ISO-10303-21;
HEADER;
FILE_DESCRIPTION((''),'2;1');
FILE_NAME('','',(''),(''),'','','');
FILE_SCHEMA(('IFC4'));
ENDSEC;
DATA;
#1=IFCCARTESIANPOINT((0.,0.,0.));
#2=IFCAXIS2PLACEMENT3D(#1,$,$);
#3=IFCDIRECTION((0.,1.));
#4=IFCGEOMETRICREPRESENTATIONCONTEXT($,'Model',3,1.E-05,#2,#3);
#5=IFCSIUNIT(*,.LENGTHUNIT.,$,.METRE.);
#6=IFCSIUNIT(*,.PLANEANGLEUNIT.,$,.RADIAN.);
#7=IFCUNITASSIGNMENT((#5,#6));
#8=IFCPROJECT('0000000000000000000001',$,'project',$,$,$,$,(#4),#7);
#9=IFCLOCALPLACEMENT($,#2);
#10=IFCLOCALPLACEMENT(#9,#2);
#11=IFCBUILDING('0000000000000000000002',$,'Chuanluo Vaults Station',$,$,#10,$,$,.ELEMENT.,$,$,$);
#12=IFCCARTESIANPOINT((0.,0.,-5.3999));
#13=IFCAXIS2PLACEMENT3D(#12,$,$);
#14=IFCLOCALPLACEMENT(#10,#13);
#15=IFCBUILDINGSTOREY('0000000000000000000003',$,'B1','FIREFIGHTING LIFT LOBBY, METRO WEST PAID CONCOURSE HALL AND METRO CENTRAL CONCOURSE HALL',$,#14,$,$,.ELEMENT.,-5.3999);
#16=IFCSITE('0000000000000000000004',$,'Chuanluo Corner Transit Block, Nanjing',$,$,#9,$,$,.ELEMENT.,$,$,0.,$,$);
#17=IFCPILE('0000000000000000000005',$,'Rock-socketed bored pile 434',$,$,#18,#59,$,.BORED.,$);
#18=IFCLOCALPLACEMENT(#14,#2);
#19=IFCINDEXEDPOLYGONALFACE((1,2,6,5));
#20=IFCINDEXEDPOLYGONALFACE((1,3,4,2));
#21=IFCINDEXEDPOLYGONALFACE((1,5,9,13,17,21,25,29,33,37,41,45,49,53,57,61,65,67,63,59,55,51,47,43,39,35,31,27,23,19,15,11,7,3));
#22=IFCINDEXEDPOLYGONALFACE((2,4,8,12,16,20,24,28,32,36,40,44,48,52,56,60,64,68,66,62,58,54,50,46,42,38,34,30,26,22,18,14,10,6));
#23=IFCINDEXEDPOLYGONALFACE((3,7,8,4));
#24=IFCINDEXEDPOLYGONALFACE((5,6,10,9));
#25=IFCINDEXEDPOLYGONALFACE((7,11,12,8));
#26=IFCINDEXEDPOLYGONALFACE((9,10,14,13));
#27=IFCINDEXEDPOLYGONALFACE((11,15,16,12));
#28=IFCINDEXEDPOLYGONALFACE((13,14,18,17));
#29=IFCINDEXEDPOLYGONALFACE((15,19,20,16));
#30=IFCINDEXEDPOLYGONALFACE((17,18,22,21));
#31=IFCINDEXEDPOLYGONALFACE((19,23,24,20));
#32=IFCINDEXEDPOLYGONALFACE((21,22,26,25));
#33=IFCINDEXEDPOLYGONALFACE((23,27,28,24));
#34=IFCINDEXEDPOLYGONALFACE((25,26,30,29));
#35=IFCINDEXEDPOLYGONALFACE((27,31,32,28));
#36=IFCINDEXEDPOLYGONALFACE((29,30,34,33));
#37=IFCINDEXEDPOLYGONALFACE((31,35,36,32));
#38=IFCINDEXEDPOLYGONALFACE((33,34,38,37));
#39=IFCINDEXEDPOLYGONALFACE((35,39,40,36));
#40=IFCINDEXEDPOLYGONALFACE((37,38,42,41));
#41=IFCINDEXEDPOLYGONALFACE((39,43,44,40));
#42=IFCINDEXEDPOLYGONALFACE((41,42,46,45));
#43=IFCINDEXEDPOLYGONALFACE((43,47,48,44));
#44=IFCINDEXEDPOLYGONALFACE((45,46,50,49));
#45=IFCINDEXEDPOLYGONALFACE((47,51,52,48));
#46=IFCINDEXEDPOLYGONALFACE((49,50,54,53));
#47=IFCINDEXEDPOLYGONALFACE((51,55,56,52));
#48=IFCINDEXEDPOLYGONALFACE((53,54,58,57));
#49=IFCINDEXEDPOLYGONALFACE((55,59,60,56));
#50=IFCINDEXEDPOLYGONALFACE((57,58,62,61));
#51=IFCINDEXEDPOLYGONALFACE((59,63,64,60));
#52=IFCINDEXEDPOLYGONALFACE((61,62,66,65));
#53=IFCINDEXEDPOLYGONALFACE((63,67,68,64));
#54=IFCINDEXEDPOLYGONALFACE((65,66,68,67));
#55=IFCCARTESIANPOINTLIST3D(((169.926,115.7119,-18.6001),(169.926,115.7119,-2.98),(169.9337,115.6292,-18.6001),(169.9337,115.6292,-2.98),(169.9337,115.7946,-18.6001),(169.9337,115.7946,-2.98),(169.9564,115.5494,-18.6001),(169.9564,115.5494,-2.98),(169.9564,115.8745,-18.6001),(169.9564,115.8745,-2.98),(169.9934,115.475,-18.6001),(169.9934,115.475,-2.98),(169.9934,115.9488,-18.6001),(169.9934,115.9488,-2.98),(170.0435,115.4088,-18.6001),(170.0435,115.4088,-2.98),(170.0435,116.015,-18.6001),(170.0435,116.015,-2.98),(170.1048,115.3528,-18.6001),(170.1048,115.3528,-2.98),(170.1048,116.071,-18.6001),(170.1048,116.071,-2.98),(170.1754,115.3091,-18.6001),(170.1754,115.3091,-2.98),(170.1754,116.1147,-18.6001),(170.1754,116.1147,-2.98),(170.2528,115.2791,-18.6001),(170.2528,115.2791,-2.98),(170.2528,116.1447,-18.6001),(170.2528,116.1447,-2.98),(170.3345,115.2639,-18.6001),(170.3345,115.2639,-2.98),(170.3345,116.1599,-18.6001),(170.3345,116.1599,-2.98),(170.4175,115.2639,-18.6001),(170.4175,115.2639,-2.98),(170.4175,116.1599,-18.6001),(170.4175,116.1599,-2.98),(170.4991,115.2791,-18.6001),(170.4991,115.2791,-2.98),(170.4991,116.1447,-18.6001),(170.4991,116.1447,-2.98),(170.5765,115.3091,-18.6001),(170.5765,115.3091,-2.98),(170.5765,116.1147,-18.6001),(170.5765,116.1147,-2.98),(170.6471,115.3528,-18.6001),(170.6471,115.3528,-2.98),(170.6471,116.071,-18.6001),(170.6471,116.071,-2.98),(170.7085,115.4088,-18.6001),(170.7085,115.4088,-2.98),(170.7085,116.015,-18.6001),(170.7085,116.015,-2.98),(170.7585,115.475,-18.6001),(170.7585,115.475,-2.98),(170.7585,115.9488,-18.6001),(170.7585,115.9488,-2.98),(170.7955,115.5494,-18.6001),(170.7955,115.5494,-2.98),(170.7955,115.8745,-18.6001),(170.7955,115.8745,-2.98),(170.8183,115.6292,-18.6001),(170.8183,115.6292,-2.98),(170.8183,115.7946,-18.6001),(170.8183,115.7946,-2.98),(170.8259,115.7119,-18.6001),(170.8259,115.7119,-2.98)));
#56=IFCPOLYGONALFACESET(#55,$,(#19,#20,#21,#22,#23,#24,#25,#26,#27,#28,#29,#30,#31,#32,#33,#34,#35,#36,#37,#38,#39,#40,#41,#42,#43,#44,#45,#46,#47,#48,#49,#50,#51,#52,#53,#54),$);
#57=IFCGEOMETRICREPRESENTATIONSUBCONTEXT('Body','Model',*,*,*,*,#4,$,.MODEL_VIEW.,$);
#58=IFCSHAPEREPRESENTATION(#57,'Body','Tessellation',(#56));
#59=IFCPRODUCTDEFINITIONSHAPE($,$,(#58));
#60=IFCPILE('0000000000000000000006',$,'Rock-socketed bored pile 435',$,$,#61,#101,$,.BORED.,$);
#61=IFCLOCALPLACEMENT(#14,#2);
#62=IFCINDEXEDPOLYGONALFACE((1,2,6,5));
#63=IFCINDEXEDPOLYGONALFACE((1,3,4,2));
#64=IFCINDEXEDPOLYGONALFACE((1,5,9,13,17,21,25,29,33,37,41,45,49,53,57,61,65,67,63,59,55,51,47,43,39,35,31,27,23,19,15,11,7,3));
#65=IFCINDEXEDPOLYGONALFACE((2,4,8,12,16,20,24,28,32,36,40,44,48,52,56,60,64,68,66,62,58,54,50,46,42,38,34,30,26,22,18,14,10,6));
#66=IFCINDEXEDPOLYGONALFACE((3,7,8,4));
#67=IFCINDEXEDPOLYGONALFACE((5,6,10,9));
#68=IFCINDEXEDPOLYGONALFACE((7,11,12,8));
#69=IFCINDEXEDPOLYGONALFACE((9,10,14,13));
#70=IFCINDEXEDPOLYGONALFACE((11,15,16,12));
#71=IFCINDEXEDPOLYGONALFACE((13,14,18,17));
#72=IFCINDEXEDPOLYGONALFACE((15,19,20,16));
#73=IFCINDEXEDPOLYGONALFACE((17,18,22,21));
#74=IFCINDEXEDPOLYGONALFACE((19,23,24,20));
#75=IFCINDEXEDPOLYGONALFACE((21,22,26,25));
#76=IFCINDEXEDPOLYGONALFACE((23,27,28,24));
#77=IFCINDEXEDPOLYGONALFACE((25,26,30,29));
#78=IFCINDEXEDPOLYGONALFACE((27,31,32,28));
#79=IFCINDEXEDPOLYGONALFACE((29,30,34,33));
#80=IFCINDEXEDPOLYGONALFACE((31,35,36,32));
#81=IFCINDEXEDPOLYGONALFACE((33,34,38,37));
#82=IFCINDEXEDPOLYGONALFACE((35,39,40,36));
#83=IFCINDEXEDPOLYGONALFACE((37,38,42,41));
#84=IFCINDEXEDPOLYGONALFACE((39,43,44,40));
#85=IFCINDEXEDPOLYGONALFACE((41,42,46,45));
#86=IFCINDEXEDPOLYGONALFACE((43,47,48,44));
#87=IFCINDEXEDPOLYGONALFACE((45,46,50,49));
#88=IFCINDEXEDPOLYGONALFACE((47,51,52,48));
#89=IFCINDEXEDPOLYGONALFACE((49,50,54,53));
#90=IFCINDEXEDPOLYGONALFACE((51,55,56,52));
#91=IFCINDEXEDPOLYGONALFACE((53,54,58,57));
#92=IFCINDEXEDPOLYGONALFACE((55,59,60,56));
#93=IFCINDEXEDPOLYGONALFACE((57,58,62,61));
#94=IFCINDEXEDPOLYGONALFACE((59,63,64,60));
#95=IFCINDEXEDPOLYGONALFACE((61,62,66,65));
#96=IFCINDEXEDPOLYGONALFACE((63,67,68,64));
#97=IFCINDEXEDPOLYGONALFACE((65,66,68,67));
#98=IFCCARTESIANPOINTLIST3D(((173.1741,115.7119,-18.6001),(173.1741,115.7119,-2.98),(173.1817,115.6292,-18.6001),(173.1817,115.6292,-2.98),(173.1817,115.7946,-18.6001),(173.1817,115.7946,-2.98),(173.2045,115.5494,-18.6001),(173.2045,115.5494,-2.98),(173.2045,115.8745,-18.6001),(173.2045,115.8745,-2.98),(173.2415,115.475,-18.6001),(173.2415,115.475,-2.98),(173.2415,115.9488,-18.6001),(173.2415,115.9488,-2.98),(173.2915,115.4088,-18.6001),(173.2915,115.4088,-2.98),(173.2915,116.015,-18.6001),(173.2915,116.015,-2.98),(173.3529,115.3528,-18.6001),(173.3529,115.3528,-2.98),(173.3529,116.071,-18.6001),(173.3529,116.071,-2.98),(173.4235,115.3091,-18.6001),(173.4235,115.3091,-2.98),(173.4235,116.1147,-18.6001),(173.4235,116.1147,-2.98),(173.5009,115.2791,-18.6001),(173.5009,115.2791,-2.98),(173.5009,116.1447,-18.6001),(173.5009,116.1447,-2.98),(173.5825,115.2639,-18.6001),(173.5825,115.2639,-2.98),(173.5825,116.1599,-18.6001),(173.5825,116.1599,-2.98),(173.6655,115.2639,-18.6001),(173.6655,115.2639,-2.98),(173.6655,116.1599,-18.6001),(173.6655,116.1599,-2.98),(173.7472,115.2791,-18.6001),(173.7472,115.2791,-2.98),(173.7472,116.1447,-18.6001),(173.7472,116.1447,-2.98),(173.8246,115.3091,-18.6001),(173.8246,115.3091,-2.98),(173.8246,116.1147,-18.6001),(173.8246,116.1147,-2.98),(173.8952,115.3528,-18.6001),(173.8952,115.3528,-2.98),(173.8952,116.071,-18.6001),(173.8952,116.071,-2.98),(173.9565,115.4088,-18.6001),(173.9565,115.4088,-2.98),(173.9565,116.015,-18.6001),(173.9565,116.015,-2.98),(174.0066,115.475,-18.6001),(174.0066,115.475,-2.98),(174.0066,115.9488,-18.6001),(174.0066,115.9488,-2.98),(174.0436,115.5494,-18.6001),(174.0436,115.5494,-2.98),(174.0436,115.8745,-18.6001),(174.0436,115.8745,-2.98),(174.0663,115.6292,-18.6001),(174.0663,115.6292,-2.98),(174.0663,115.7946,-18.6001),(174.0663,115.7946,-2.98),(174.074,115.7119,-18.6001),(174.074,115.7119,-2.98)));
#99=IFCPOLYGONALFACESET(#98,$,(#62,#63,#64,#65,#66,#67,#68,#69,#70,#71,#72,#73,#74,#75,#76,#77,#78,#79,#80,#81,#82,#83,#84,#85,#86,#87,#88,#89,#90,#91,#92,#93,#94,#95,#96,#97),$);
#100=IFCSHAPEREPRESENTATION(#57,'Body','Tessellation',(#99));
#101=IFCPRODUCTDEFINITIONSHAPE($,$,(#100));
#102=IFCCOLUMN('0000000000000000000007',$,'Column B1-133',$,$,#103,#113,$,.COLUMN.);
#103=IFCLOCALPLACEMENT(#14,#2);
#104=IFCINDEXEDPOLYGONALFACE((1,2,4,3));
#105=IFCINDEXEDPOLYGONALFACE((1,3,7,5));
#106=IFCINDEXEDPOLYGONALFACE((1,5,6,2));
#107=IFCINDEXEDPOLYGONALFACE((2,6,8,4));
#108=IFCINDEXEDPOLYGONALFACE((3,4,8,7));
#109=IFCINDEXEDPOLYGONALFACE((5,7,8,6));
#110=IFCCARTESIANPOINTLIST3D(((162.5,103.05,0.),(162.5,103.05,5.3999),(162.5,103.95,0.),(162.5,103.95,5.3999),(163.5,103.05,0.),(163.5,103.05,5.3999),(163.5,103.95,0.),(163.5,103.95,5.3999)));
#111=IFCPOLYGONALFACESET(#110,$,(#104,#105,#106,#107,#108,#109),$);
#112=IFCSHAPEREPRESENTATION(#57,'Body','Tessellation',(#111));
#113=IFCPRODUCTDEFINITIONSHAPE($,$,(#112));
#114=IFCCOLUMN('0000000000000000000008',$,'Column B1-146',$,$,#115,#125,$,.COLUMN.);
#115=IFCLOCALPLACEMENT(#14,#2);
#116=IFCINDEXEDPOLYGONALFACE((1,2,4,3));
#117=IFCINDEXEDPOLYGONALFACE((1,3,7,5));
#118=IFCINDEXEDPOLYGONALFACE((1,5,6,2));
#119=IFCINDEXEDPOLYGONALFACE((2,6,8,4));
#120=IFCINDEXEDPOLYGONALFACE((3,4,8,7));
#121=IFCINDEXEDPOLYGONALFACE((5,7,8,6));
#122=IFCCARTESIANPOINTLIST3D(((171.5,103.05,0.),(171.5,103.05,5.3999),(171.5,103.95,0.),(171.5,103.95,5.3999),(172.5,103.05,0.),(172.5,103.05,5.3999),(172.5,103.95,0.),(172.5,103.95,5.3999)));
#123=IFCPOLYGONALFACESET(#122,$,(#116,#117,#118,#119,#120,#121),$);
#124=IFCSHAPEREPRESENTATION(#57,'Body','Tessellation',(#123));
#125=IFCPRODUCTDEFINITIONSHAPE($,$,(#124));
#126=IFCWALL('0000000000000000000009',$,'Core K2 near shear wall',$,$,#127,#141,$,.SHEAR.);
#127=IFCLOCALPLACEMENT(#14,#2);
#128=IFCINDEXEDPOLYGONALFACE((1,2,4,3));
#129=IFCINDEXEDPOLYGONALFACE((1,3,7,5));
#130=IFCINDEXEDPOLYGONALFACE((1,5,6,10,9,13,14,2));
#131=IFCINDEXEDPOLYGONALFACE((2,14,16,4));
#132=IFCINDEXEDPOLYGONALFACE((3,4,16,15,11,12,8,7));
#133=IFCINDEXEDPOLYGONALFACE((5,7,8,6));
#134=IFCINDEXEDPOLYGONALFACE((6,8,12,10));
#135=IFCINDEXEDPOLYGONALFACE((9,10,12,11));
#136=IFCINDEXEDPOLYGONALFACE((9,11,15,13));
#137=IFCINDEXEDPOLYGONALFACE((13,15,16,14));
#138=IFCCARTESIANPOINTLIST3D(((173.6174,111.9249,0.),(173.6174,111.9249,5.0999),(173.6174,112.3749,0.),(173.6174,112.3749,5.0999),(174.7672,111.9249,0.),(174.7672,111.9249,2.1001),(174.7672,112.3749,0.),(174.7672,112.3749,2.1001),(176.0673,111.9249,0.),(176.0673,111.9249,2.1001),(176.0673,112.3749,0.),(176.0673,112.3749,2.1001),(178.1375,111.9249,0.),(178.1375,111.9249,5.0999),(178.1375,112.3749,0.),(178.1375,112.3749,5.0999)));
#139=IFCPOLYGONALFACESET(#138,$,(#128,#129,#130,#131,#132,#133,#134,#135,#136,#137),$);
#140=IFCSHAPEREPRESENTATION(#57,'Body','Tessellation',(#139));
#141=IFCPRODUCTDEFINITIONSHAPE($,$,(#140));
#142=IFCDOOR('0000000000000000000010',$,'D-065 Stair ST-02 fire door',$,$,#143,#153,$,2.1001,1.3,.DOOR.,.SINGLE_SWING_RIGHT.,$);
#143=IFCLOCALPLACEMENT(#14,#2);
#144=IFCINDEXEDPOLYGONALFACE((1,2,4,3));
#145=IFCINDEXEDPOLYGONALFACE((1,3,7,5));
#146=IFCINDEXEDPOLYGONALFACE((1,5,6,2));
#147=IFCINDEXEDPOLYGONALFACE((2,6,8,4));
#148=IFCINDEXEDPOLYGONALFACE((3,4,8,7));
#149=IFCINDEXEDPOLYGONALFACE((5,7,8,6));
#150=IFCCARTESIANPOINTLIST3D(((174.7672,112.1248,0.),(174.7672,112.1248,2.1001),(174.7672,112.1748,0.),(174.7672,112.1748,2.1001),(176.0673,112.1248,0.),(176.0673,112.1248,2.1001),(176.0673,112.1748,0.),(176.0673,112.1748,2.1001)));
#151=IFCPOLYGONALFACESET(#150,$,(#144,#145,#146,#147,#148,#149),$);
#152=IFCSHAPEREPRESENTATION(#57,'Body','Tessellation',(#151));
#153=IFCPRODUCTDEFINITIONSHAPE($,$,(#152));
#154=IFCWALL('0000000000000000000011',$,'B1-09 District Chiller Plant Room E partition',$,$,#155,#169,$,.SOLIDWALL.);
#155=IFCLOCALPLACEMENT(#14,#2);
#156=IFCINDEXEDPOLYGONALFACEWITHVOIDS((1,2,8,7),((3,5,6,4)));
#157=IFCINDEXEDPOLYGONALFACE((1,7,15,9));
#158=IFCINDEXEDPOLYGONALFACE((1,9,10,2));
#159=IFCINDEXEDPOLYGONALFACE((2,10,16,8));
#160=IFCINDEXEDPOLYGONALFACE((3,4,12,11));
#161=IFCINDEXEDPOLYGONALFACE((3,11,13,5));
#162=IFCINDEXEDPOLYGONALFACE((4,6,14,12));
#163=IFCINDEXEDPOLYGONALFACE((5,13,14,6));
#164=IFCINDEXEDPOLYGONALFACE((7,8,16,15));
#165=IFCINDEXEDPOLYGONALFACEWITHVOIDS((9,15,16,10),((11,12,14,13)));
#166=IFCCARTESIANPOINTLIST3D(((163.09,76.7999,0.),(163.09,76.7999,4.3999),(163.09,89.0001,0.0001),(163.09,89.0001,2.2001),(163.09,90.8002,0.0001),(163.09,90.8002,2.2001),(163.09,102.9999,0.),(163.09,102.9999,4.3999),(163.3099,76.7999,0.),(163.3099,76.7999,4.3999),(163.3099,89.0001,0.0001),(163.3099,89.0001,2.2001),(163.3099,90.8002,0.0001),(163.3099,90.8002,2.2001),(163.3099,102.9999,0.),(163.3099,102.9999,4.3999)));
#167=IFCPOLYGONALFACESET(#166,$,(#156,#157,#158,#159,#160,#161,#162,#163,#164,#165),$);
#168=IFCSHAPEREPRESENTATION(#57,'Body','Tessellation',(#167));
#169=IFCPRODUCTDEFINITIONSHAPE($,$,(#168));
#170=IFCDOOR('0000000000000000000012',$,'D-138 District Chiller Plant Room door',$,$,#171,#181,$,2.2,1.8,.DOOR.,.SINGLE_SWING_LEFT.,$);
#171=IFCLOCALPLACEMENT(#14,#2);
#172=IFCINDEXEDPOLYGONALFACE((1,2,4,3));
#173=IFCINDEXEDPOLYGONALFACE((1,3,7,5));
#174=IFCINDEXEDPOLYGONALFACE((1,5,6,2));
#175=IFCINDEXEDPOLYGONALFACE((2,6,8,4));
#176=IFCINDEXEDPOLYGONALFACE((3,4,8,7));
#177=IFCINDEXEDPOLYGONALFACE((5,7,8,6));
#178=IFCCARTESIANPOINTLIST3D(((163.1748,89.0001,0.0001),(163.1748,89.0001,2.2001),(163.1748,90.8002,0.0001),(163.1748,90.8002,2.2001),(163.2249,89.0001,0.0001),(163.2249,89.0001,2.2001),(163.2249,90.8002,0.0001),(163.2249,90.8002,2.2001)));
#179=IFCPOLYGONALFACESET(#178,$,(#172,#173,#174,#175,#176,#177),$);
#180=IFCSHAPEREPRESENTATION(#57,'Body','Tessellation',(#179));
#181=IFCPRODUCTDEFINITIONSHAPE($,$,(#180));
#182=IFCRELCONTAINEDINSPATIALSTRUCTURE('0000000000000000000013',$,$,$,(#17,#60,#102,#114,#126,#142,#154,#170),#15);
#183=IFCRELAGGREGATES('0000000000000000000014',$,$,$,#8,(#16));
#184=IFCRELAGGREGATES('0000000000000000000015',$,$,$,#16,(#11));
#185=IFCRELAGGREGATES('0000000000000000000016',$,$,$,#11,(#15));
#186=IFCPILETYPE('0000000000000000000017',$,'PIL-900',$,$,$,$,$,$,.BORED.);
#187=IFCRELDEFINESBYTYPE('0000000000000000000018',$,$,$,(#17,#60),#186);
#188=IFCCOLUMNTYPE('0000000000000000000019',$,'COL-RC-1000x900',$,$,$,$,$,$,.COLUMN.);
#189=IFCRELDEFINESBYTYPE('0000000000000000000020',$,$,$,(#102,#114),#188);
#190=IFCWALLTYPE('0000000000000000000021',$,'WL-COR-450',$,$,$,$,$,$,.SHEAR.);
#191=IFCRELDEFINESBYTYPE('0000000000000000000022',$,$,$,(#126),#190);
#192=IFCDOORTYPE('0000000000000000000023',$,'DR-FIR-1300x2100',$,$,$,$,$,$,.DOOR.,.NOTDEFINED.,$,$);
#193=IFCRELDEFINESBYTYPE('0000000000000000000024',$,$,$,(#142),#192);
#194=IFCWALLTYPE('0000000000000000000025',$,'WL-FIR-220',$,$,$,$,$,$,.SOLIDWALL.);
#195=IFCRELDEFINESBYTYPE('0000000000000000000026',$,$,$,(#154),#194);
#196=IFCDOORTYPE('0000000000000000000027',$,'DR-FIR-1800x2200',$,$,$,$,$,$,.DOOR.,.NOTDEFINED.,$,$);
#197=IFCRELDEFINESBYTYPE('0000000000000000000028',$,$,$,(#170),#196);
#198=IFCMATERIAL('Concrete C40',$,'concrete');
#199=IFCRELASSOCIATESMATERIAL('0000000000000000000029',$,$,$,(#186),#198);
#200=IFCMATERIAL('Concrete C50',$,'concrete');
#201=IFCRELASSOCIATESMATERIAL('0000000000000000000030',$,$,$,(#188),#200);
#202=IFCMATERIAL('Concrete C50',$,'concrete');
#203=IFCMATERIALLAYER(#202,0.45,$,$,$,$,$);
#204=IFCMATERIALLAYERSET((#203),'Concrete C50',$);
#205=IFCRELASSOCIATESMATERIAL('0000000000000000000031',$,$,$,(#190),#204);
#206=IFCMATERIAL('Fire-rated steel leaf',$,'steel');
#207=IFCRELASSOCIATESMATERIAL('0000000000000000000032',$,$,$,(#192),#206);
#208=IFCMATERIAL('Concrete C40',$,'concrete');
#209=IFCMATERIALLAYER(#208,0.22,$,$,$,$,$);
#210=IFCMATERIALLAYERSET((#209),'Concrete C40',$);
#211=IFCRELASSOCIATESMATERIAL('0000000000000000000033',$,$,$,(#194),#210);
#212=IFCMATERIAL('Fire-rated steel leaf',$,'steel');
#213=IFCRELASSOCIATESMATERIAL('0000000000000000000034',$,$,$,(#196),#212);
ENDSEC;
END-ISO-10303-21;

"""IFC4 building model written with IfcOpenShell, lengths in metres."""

from ifc_helpers import new_model, si_unit, direction, frame, frame_2d, origin, origin_2d, place, context, subcontext, project, spatial, rectangle, circle, extrude, material, layer, layer_set, material_profile, profile_set, type_object, element, fill, save


model = new_model("IFC4")

# Units and contexts
model_context = context("Model", 3, precision=1e-05, world=origin(), true_north=direction((0.0, 1.0)))
body_context = subcontext(model_context, "Body", "Model", "MODEL_VIEW")
ifc_project = project(units=[si_unit("LENGTHUNIT", "METRE"), si_unit("PLANEANGLEUNIT", "RADIAN")], contexts=[model_context])

# Site, building, storey
site_placement = place(None, origin())
site = spatial("IfcSite", under=ifc_project, at=site_placement, Name="Chuanluo Corner Transit Block, Nanjing", CompositionType="ELEMENT", RefElevation=0.0)
building_placement = place(site_placement, origin())
building = spatial("IfcBuilding", under=site, at=building_placement, Name="Chuanluo Vaults Station", CompositionType="ELEMENT")
storey_placement = place(building_placement, frame((0.0, 0.0, -5.3999)))
storey = spatial("IfcBuildingStorey", under=building, at=storey_placement, Name="B1", Description="FIREFIGHTING LIFT LOBBY, METRO WEST PAID CONCOURSE HALL AND METRO CENTRAL CONCOURSE HALL", CompositionType="ELEMENT", Elevation=-5.3999)

# Piles
ifc_material_1 = material(Name="Concrete C40", Category="concrete")
ifc_material_profile_1 = material_profile(ifc_material_1, circle(Radius=0.45, at=origin_2d()))
ifc_profile_set_1 = profile_set([ifc_material_profile_1], Name="Concrete C40")
pile_type_1 = type_object("IfcPileType", Name="PIL-900", PredefinedType="BORED", material=ifc_profile_set_1)
for number, where, z_axis, x_axis, name in (
    (1, (170.376, 115.7119, -2.98), (0.0, 0.0, -1.0), (1.0, 0.0, 0.0), "Rock-socketed bored pile 434"),
    (2, (173.624, 115.7119, -2.98), (0.0, 0.0, -1.0), (1.0, 0.0, 0.0), "Rock-socketed bored pile 435"),
):
    element("IfcPile", number, at=place(storey_placement, frame(where, z_axis=z_axis, x_axis=x_axis)), inside=storey, type_object=pile_type_1, Name=name, PredefinedType="BORED", context=body_context, shape_type="SweptSolid", body=[
        extrude(circle(Radius=0.45, at=origin_2d()), origin(), (0.0, 0.0, 1.0), 15.6201),
    ])

# Columns
ifc_material_2 = material(Name="Concrete C50", Category="concrete")
ifc_material_profile_2 = material_profile(ifc_material_2, rectangle(XDim=1.0, YDim=0.8999, at=origin_2d()))
ifc_profile_set_2 = profile_set([ifc_material_profile_2], Name="Concrete C50")
column_type = type_object("IfcColumnType", Name="COL-RC-1000x900", PredefinedType="COLUMN", material=ifc_profile_set_2)
for number, where, z_axis, x_axis, name in (
    (3, (163.0, 103.5, 0.0), (0.0, 0.0, 1.0), (1.0, 0.0, 0.0), "Column B1-133"),
    (4, (172.0, 103.5, 0.0), (0.0, 0.0, 1.0), (1.0, 0.0, 0.0), "Column B1-146"),
):
    element("IfcColumn", number, at=place(storey_placement, frame(where, z_axis=z_axis, x_axis=x_axis)), inside=storey, type_object=column_type, Name=name, PredefinedType="COLUMN", context=body_context, shape_type="SweptSolid", body=[
        extrude(rectangle(XDim=1.0, YDim=0.8999, at=origin_2d()), origin(), (0.0, 0.0, 1.0), 5.3999),
    ])

# Walls, openings, doors
ifc_material_3 = material(Name="Concrete C50", Category="concrete")
ifc_layer_1 = layer(ifc_material_3, 0.45)
ifc_layer_set_1 = layer_set([ifc_layer_1], Name="Concrete C50")
wall_type_1 = type_object("IfcWallType", Name="WL-COR-450", PredefinedType="SHEAR", material=ifc_layer_set_1)
wall_1_placement = place(storey_placement, frame((173.6174, 112.1499, 0.0), z_axis=(0.0, 0.0, 1.0), x_axis=(1.0, 0.0, 0.0)))
wall_1 = element("IfcWall", 5, at=wall_1_placement, inside=storey, type_object=wall_type_1, Name="Core K2 near shear wall", PredefinedType="SHEAR", context=body_context, shape_type="SweptSolid", body=[
    extrude(rectangle(XDim=4.52, YDim=0.45, at=frame_2d((2.26, 0.0))), origin(), (0.0, 0.0, 1.0), 5.0999),
])
opening_1_placement = place(wall_1_placement, frame((1.1499, 0.0, 0.0)))
opening_1 = element("IfcOpeningElement", 6, at=opening_1_placement, cuts=wall_1, PredefinedType="OPENING", context=body_context, shape_type="SweptSolid", body=[
    extrude(rectangle(XDim=1.3, YDim=2.1001, at=frame_2d((0.6499, 1.05))), frame((0.0, 0.2351, 0.0), z_axis=(0.0, -1.0, 0.0), x_axis=(1.0, 0.0, 0.0)), (0.0, 0.0, 1.0), 0.4699),
])
ifc_material_4 = material(Name="Fire-rated steel leaf", Category="steel")
door_type_1 = type_object("IfcDoorType", Name="DR-FIR-1300x2100", OperationType="NOTDEFINED", PredefinedType="DOOR", material=ifc_material_4)
door_1_placement = place(opening_1_placement, origin())
door_1 = element("IfcDoor", 7, at=door_1_placement, inside=storey, type_object=door_type_1, Name="D-065 Stair ST-02 fire door", OperationType="SINGLE_SWING_RIGHT", OverallHeight=2.1001, OverallWidth=1.3, PredefinedType="DOOR", context=body_context, shape_type="SweptSolid", body=[
    extrude(rectangle(XDim=1.3, YDim=2.1001, at=frame_2d((0.6499, 1.05))), frame((0.0, 0.0249, 0.0), z_axis=(0.0, -1.0, 0.0), x_axis=(1.0, 0.0, 0.0)), (0.0, 0.0, 1.0), 0.05),
])
fill(opening_1, door_1)
ifc_material_5 = material(Name="Concrete C40", Category="concrete")
ifc_layer_2 = layer(ifc_material_5, 0.22)
ifc_layer_set_2 = layer_set([ifc_layer_2], Name="Concrete C40")
wall_type_2 = type_object("IfcWallType", Name="WL-FIR-220", PredefinedType="SOLIDWALL", material=ifc_layer_set_2)
wall_2_placement = place(storey_placement, frame((163.2, 103.0, 0.0), z_axis=(0.0, 0.0, 1.0), x_axis=(0.0, -1.0, 0.0)))
wall_2 = element("IfcWall", 8, at=wall_2_placement, inside=storey, type_object=wall_type_2, Name="B1-09 District Chiller Plant Room E partition", PredefinedType="SOLIDWALL", context=body_context, shape_type="SweptSolid", body=[
    extrude(rectangle(XDim=26.2, YDim=0.22, at=frame_2d((13.1001, 0.0))), origin(), (0.0, 0.0, 1.0), 4.3999),
])
opening_2_placement = place(wall_2_placement, frame((12.2, 0.0, 0.0)))
opening_2 = element("IfcOpeningElement", 9, at=opening_2_placement, cuts=wall_2, PredefinedType="OPENING", context=body_context, shape_type="SweptSolid", body=[
    extrude(rectangle(XDim=1.8, YDim=2.2, at=frame_2d((0.8999, 1.1001))), frame((0.0, 0.1199, 0.0), z_axis=(0.0, -1.0, 0.0), x_axis=(1.0, 0.0, 0.0)), (0.0, 0.0, 1.0), 0.24),
])
ifc_material_6 = material(Name="Fire-rated steel leaf", Category="steel")
door_type_2 = type_object("IfcDoorType", Name="DR-FIR-1800x2200", OperationType="NOTDEFINED", PredefinedType="DOOR", material=ifc_material_6)
door_2_placement = place(opening_2_placement, origin())
door_2 = element("IfcDoor", 10, at=door_2_placement, inside=storey, type_object=door_type_2, Name="D-138 District Chiller Plant Room door", OperationType="SINGLE_SWING_LEFT", OverallHeight=2.2, OverallWidth=1.8, PredefinedType="DOOR", context=body_context, shape_type="SweptSolid", body=[
    extrude(rectangle(XDim=1.8, YDim=2.2, at=frame_2d((0.8999, 1.1001))), frame((0.0, 0.0249, 0.0), z_axis=(0.0, -1.0, 0.0), x_axis=(1.0, 0.0, 0.0)), (0.0, 0.0, 1.0), 0.05),
])
fill(opening_2, door_2)

save(model, "model.ifc")
